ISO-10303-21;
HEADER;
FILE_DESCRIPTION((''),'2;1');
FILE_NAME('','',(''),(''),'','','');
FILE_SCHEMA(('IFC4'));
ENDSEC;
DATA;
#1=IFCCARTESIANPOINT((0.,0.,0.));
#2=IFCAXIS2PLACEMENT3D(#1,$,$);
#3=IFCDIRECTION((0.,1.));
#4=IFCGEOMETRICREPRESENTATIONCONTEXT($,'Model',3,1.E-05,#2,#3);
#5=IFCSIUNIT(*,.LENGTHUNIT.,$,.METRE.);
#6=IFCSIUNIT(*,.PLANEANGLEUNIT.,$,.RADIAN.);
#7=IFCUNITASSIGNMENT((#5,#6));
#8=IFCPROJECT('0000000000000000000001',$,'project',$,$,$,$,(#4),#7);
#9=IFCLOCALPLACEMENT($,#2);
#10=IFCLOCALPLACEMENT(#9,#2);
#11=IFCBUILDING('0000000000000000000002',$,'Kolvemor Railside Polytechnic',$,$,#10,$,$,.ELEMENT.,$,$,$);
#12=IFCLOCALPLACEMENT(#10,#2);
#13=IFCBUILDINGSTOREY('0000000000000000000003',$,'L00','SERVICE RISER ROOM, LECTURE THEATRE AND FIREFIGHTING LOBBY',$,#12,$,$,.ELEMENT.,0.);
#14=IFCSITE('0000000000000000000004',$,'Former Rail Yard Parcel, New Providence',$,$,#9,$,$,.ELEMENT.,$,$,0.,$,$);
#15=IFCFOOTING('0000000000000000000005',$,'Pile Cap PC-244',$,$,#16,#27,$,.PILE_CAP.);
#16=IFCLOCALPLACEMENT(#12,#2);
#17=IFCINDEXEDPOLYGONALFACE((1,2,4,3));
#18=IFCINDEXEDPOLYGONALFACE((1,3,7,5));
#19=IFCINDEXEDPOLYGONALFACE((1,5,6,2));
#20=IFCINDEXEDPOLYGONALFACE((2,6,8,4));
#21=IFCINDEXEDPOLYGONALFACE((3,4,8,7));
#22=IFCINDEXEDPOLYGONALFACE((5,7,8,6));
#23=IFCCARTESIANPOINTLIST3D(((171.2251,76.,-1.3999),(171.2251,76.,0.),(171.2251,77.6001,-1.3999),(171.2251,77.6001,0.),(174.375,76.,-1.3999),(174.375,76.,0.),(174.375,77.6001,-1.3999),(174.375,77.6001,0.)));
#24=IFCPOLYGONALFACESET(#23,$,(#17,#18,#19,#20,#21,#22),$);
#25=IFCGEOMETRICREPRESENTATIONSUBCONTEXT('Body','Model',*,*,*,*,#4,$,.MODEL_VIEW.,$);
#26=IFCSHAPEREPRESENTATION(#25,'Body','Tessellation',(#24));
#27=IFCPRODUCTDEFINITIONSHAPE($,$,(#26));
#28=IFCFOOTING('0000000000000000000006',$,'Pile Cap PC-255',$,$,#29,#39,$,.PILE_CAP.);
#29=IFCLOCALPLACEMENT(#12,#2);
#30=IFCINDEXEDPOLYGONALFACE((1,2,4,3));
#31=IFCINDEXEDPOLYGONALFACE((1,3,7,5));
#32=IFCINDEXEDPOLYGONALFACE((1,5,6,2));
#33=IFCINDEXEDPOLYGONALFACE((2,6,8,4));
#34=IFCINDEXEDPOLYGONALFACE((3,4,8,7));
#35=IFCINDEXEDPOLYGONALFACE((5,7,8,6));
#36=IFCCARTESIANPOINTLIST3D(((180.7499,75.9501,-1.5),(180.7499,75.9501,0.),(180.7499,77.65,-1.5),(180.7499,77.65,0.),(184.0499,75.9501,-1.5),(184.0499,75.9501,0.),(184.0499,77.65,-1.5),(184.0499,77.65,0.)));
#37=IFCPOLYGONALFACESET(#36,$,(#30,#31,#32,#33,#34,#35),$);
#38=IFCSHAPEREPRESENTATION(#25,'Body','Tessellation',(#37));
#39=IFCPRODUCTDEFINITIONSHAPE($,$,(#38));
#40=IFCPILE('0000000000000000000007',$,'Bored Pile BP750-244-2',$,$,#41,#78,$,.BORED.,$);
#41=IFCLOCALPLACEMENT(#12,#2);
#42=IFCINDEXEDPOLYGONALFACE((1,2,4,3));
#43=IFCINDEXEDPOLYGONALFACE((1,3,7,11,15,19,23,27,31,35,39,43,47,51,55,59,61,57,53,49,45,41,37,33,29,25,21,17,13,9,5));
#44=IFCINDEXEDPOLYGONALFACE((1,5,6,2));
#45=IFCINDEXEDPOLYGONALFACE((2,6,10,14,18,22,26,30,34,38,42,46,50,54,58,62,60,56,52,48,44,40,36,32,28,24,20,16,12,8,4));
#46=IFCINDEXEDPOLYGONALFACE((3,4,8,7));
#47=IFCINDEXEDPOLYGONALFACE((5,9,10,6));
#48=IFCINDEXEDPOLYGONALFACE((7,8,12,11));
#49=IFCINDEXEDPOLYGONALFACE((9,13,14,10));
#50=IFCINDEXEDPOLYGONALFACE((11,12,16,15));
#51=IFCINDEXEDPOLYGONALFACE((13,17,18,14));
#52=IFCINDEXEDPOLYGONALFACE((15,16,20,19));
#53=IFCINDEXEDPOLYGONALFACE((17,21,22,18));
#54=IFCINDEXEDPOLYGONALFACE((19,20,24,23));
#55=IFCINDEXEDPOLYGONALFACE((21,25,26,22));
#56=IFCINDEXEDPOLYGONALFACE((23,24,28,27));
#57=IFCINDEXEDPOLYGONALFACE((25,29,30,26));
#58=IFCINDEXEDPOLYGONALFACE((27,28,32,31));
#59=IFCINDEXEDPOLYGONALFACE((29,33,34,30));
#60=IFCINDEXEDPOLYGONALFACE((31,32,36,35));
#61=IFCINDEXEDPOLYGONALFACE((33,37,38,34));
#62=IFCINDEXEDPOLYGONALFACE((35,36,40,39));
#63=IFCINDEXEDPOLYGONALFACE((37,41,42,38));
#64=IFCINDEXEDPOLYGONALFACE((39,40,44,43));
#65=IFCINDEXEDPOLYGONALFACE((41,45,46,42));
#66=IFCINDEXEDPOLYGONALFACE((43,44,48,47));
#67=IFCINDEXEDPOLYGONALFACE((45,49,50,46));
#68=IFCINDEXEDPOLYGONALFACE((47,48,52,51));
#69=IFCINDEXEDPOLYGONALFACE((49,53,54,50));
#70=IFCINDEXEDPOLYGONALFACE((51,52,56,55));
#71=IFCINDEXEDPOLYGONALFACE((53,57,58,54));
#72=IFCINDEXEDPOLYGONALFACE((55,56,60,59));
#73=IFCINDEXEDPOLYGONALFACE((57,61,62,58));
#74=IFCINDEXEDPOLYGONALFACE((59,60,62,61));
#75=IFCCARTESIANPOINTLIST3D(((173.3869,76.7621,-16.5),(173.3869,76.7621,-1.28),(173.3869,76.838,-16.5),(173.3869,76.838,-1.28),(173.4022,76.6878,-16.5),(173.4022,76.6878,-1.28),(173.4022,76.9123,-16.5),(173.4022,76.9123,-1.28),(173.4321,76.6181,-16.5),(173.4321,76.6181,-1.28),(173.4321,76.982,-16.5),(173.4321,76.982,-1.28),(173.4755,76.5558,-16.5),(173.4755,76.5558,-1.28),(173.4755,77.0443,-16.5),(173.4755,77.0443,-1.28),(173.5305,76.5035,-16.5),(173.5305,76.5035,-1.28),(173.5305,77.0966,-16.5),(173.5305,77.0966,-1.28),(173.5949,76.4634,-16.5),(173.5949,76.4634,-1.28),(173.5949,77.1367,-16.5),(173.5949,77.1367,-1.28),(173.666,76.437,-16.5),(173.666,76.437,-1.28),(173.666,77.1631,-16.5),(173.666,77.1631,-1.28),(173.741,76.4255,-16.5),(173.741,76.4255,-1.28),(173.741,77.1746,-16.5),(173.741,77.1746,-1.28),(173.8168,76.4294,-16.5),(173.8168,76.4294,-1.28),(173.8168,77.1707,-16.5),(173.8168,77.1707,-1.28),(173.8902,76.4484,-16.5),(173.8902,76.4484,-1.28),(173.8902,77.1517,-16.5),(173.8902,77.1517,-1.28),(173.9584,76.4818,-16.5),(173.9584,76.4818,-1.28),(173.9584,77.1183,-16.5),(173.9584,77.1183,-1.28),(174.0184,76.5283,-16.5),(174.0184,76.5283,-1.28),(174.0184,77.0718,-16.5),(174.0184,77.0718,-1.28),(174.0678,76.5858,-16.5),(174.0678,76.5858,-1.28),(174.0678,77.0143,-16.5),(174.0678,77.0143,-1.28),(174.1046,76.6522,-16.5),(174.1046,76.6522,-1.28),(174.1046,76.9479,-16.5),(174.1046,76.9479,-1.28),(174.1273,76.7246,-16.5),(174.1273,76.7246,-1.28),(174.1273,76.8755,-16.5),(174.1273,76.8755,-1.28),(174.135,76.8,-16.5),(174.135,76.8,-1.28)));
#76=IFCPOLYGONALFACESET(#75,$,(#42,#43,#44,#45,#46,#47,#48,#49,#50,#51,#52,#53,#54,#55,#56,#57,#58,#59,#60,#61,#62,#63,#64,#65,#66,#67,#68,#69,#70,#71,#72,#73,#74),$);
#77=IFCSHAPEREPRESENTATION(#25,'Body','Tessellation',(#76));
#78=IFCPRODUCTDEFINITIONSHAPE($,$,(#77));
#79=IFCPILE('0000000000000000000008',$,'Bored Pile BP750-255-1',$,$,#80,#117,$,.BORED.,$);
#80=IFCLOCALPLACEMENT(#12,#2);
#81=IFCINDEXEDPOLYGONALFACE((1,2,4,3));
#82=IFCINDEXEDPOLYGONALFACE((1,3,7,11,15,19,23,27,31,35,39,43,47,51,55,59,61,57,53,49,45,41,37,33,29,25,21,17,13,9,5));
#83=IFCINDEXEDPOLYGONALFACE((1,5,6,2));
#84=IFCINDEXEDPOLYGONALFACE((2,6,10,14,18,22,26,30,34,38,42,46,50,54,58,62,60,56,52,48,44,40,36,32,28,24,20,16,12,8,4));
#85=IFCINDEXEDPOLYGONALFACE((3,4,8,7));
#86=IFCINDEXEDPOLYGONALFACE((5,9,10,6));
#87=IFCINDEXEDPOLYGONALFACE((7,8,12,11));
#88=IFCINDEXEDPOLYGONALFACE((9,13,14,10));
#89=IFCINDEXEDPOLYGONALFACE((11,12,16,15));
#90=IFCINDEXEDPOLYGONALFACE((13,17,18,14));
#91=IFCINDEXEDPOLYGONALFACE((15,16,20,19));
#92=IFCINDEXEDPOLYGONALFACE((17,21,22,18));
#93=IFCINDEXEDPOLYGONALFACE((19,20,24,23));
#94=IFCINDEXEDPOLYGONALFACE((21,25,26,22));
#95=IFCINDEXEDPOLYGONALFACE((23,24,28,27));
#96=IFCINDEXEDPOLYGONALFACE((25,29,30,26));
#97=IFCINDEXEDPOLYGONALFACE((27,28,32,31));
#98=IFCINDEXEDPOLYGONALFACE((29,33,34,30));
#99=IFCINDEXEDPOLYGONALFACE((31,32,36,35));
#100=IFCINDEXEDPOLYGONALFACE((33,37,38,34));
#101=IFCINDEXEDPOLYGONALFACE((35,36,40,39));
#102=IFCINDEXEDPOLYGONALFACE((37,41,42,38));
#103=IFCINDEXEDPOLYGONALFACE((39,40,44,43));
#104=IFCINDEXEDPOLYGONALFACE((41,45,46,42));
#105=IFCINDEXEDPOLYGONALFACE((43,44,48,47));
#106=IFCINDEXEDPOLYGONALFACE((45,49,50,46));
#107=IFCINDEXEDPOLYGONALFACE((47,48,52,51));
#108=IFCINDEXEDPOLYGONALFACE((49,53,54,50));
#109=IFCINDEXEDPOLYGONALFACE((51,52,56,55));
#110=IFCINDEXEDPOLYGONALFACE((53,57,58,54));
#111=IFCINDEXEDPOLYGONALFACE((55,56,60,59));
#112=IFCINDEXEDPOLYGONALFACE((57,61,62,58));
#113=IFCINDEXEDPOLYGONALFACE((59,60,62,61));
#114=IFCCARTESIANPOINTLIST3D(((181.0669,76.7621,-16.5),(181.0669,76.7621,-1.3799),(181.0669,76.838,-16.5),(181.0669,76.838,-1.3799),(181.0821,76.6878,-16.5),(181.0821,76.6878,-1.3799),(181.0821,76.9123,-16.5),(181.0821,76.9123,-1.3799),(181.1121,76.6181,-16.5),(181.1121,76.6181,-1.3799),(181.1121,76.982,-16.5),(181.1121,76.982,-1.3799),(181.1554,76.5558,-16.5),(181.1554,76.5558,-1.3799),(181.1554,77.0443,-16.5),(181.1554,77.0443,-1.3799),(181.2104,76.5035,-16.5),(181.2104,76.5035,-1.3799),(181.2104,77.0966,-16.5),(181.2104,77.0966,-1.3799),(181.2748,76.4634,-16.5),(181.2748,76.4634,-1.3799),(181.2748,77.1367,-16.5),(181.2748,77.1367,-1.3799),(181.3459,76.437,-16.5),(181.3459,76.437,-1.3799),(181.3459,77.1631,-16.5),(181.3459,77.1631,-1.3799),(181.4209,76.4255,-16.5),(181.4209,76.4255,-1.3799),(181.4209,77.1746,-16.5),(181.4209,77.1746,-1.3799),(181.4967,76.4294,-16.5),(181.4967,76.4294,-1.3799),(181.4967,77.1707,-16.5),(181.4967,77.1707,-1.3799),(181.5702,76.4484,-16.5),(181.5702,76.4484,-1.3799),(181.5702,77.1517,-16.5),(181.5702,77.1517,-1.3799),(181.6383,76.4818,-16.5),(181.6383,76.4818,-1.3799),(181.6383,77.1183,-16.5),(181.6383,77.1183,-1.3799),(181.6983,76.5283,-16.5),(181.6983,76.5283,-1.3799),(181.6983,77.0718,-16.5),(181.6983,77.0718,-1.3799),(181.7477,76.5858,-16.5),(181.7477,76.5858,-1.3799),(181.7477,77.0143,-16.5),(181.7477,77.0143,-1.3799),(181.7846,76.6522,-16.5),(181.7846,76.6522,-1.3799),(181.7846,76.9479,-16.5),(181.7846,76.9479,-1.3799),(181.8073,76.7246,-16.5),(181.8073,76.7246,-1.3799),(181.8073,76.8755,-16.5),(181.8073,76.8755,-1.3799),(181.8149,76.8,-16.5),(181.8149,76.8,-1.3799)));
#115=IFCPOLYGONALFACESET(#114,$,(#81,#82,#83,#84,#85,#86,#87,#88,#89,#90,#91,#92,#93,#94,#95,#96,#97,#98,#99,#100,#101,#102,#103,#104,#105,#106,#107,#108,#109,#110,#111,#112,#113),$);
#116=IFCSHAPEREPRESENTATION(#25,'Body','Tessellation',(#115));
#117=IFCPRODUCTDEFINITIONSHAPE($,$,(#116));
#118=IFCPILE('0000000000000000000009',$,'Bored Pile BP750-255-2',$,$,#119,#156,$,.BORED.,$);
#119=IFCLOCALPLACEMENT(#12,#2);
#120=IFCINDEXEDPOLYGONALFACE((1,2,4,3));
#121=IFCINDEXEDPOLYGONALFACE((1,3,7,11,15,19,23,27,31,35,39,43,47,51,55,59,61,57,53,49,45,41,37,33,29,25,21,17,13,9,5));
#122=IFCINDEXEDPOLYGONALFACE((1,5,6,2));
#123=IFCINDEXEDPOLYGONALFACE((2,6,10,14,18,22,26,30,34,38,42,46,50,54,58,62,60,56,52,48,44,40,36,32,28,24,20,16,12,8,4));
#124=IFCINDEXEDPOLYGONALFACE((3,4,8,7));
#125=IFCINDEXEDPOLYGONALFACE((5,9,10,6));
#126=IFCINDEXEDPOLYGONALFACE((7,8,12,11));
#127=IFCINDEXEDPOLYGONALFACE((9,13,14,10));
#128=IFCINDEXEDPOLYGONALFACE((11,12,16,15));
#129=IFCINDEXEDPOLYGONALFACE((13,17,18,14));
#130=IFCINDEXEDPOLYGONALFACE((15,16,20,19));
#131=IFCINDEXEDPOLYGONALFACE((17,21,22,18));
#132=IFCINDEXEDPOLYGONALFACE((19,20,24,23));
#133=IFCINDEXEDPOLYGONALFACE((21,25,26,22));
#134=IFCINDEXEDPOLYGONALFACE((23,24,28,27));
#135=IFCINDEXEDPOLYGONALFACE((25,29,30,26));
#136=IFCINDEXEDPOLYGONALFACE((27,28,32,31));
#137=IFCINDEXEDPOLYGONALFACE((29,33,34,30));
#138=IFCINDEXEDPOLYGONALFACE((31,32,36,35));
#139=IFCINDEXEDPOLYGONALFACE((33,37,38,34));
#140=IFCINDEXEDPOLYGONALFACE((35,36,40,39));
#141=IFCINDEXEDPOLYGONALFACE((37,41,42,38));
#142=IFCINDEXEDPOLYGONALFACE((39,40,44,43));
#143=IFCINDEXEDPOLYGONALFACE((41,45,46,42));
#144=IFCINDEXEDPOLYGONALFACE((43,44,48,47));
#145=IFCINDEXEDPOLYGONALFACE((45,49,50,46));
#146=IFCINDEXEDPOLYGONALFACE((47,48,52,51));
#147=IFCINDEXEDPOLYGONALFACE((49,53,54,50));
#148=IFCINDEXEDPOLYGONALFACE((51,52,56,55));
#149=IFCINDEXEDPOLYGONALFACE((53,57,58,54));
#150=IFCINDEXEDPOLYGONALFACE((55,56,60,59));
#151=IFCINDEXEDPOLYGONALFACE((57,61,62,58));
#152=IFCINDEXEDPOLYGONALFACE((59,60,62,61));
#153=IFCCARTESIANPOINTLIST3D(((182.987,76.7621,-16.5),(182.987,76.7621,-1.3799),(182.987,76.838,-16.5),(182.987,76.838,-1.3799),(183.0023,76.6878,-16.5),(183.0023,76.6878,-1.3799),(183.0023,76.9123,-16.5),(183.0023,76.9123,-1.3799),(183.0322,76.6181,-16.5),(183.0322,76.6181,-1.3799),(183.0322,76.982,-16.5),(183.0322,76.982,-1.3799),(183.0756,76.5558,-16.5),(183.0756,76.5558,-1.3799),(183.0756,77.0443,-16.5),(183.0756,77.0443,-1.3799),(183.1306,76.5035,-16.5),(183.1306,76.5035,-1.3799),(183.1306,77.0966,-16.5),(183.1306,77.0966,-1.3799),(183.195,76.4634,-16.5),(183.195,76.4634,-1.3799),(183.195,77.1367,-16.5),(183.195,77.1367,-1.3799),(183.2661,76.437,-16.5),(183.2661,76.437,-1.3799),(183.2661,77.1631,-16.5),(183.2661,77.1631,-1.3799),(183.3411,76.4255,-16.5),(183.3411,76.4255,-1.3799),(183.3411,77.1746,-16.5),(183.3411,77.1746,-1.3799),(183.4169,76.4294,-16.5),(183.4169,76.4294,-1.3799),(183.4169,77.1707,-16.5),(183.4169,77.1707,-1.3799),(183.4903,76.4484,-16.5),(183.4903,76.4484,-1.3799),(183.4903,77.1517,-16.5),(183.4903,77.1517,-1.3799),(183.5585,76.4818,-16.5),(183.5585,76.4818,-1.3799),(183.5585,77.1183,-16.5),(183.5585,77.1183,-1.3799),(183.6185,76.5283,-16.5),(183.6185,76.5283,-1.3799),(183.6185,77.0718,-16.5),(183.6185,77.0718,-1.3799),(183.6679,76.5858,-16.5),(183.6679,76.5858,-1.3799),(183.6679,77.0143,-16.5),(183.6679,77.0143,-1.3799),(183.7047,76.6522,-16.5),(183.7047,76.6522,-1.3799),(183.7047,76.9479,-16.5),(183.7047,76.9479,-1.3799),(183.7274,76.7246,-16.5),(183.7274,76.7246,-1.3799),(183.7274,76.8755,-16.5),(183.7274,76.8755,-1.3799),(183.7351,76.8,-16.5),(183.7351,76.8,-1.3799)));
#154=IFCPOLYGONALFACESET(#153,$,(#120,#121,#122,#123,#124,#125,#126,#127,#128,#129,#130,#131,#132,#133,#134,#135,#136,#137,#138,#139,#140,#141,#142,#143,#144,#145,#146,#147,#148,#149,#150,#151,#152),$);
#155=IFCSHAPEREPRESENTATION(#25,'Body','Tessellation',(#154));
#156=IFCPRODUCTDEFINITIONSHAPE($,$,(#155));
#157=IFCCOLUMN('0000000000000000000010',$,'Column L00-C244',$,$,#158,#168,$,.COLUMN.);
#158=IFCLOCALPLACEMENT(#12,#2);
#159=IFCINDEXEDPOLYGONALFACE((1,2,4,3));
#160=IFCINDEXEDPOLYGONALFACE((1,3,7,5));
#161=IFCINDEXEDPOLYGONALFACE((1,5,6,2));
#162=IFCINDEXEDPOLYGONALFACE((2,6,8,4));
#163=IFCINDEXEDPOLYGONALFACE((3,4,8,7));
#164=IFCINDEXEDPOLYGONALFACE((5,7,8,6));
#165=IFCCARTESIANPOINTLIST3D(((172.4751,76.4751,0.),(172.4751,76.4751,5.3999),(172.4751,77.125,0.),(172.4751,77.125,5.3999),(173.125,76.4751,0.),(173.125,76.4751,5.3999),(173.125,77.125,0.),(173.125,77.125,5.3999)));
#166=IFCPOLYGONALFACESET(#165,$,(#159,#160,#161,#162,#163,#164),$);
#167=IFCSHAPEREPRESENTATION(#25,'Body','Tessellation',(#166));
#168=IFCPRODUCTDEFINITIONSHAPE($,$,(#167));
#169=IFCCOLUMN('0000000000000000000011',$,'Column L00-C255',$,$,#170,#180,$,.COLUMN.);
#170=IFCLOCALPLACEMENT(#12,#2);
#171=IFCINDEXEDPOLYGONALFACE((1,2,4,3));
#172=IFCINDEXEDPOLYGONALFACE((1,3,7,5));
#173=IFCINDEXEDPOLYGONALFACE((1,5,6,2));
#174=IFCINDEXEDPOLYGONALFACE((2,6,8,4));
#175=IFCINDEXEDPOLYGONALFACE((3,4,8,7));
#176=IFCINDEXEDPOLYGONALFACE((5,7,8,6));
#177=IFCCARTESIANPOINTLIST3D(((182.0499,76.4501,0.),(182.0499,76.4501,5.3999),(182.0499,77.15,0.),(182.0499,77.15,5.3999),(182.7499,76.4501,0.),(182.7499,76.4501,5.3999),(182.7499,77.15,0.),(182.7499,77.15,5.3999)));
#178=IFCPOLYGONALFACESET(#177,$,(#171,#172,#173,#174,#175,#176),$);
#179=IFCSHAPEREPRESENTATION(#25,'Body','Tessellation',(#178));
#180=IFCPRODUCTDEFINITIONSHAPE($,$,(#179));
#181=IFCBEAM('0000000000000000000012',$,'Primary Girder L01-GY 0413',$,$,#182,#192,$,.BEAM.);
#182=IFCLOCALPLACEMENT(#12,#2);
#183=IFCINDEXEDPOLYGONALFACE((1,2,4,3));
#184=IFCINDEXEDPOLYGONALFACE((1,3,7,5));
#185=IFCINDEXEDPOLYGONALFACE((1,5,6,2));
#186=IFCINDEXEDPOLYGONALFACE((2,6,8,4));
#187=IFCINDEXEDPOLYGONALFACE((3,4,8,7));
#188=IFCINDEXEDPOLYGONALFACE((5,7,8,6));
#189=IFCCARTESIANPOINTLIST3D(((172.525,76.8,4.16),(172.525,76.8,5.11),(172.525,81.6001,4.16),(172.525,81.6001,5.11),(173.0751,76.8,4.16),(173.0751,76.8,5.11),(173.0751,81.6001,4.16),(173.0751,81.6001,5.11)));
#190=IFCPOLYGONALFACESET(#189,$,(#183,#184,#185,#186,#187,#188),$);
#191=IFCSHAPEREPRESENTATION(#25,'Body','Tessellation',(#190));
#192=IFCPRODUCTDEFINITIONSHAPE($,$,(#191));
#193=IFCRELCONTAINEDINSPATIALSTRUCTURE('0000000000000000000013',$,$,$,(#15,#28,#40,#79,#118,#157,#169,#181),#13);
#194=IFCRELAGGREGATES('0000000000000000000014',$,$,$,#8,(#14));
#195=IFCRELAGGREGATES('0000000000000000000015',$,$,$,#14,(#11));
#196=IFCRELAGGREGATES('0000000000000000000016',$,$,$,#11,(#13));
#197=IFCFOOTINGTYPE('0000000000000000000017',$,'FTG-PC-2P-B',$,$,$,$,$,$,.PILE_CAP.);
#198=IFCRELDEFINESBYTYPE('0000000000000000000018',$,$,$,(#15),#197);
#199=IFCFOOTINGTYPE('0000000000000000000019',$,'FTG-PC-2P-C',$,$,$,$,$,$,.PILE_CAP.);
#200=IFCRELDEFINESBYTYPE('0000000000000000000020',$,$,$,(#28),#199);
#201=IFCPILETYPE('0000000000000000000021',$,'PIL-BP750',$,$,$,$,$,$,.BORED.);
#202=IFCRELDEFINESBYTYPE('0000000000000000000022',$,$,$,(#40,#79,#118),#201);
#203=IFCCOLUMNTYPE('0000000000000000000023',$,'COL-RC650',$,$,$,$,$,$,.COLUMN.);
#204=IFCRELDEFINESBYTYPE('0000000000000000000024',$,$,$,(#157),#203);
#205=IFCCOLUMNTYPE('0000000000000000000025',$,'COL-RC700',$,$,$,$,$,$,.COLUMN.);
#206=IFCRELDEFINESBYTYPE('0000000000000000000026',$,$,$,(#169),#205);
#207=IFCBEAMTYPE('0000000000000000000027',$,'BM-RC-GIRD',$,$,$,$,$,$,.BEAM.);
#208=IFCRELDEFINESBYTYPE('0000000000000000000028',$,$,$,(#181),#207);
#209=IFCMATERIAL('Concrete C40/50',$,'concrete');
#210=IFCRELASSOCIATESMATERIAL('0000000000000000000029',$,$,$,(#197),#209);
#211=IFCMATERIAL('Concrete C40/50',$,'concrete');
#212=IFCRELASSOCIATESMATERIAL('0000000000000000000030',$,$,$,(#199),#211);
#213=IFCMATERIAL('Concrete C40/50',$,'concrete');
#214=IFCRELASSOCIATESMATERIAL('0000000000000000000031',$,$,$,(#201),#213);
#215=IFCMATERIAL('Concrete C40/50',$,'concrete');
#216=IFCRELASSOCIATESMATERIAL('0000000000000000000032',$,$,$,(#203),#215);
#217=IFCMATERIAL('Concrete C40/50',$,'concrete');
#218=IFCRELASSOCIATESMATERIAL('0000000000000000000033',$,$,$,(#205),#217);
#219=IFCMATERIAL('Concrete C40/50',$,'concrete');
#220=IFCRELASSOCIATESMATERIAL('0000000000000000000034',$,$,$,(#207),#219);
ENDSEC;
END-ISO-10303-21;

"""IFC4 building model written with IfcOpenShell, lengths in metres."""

from ifc_helpers import new_model, si_unit, direction, frame, origin, origin_2d, place, context, subcontext, project, spatial, rectangle, circle, extrude, material, material_profile, profile_set, type_object, element, save


model = new_model("IFC4")

# Units and contexts
model_context = context("Model", 3, precision=1e-05, world=origin(), true_north=direction((0.0, 1.0)))
body_context = subcontext(model_context, "Body", "Model", "MODEL_VIEW")
ifc_project = project(units=[si_unit("LENGTHUNIT", "METRE"), si_unit("PLANEANGLEUNIT", "RADIAN")], contexts=[model_context])

# Site, building, storey
site_placement = place(None, origin())
site = spatial("IfcSite", under=ifc_project, at=site_placement, Name="Former Rail Yard Parcel, New Providence", CompositionType="ELEMENT", RefElevation=0.0)
building_placement = place(site_placement, origin())
building = spatial("IfcBuilding", under=site, at=building_placement, Name="Kolvemor Railside Polytechnic", CompositionType="ELEMENT")
storey_placement = place(building_placement, origin())
storey = spatial("IfcBuildingStorey", under=building, at=storey_placement, Name="L00", Description="SERVICE RISER ROOM, LECTURE THEATRE AND FIREFIGHTING LOBBY", CompositionType="ELEMENT", Elevation=0.0)

# Footings
ifc_material_1 = material(Name="Concrete C40/50", Category="concrete")
footing_type_1 = type_object("IfcFootingType", Name="FTG-PC-2P-B", PredefinedType="PILE_CAP", material=ifc_material_1)
footing_1_placement = place(storey_placement, frame((172.8, 76.8, -1.3999), z_axis=(0.0, 0.0, 1.0), x_axis=(1.0, 0.0, 0.0)))
element("IfcFooting", 1, at=footing_1_placement, inside=storey, type_object=footing_type_1, Name="Pile Cap PC-244", PredefinedType="PILE_CAP", context=body_context, shape_type="SweptSolid", body=[
    extrude(rectangle(XDim=3.1499, YDim=1.6001, at=origin_2d()), origin(), (0.0, 0.0, 1.0), 1.3999),
])
ifc_material_2 = material(Name="Concrete C40/50", Category="concrete")
footing_type_2 = type_object("IfcFootingType", Name="FTG-PC-2P-C", PredefinedType="PILE_CAP", material=ifc_material_2)
footing_2_placement = place(storey_placement, frame((182.3999, 76.8, -1.5), z_axis=(0.0, 0.0, 1.0), x_axis=(1.0, 0.0, 0.0)))
element("IfcFooting", 2, at=footing_2_placement, inside=storey, type_object=footing_type_2, Name="Pile Cap PC-255", PredefinedType="PILE_CAP", context=body_context, shape_type="SweptSolid", body=[
    extrude(rectangle(XDim=3.3, YDim=1.7, at=origin_2d()), origin(), (0.0, 0.0, 1.0), 1.5),
])

# Piles
ifc_material_3 = material(Name="Concrete C40/50", Category="concrete")
ifc_material_profile_1 = material_profile(ifc_material_3, circle(Radius=0.375, at=origin_2d()), Name="BP750")
ifc_profile_set_1 = profile_set([ifc_material_profile_1], Name="Concrete C40/50")
pile_type = type_object("IfcPileType", Name="PIL-BP750", PredefinedType="BORED", material=ifc_profile_set_1)
pile_placement = place(storey_placement, frame((173.76, 76.8, -1.28), z_axis=(0.0, 0.0, -1.0), x_axis=(1.0, 0.0, 0.0)))
element("IfcPile", 3, at=pile_placement, inside=storey, type_object=pile_type, Name="Bored Pile BP750-244-2", PredefinedType="BORED", context=body_context, shape_type="SweptSolid", body=[
    extrude(circle(Radius=0.375, at=origin_2d()), origin(), (0.0, 0.0, 1.0), 15.22),
])
for number, where, z_axis, x_axis, name in (
    (4, (181.4399, 76.8, -1.3799), (0.0, 0.0, -1.0), (1.0, 0.0, 0.0), "Bored Pile BP750-255-1"),
    (5, (183.3601, 76.8, -1.3799), (0.0, 0.0, -1.0), (1.0, 0.0, 0.0), "Bored Pile BP750-255-2"),
):
    element("IfcPile", number, at=place(storey_placement, frame(where, z_axis=z_axis, x_axis=x_axis)), inside=storey, type_object=pile_type, Name=name, PredefinedType="BORED", context=body_context, shape_type="SweptSolid", body=[
        extrude(circle(Radius=0.375, at=origin_2d()), origin(), (0.0, 0.0, 1.0), 15.1201),
    ])

# Columns
ifc_material_4 = material(Name="Concrete C40/50", Category="concrete")
ifc_material_profile_2 = material_profile(ifc_material_4, rectangle(XDim=0.6499, YDim=0.6499, at=origin_2d()), Name="RC650x650")
ifc_profile_set_2 = profile_set([ifc_material_profile_2], Name="Concrete C40/50")
column_type_1 = type_object("IfcColumnType", Name="COL-RC650", PredefinedType="COLUMN", material=ifc_profile_set_2)
column_1_placement = place(storey_placement, frame((172.8, 76.8, 0.0), z_axis=(0.0, 0.0, 1.0), x_axis=(1.0, 0.0, 0.0)))
element("IfcColumn", 6, at=column_1_placement, inside=storey, type_object=column_type_1, Name="Column L00-C244", PredefinedType="COLUMN", context=body_context, shape_type="SweptSolid", body=[
    extrude(rectangle(XDim=0.6499, YDim=0.6499, at=origin_2d()), origin(), (0.0, 0.0, 1.0), 5.3999),
])
ifc_material_5 = material(Name="Concrete C40/50", Category="concrete")
ifc_material_profile_3 = material_profile(ifc_material_5, rectangle(XDim=0.7, YDim=0.7, at=origin_2d()), Name="RC700x700")
ifc_profile_set_3 = profile_set([ifc_material_profile_3], Name="Concrete C40/50")
column_type_2 = type_object("IfcColumnType", Name="COL-RC700", PredefinedType="COLUMN", material=ifc_profile_set_3)
column_2_placement = place(storey_placement, frame((182.3999, 76.8, 0.0), z_axis=(0.0, 0.0, 1.0), x_axis=(1.0, 0.0, 0.0)))
element("IfcColumn", 7, at=column_2_placement, inside=storey, type_object=column_type_2, Name="Column L00-C255", PredefinedType="COLUMN", context=body_context, shape_type="SweptSolid", body=[
    extrude(rectangle(XDim=0.7, YDim=0.7, at=origin_2d()), origin(), (0.0, 0.0, 1.0), 5.3999),
])

# Beam
ifc_material_6 = material(Name="Concrete C40/50", Category="concrete")
ifc_material_profile_4 = material_profile(ifc_material_6, rectangle(XDim=0.55, YDim=0.95, at=origin_2d()), Name="RC550x950")
ifc_profile_set_4 = profile_set([ifc_material_profile_4], Name="Concrete C40/50")
beam_type_1 = type_object("IfcBeamType", Name="BM-RC-GIRD", PredefinedType="BEAM", material=ifc_profile_set_4)
for number, where, z_axis, x_axis, name in (
    (8, (172.8, 76.8, 4.635), (0.0, 1.0, 0.0), (-1.0, 0.0, 0.0), "Primary Girder L01-GY 0413"),
):
    element("IfcBeam", number, at=place(storey_placement, frame(where, z_axis=z_axis, x_axis=x_axis)), inside=storey, type_object=beam_type_1, Name=name, PredefinedType="BEAM", context=body_context, shape_type="SweptSolid", body=[
        extrude(rectangle(XDim=0.55, YDim=0.95, at=origin_2d()), origin(), (0.0, 0.0, 1.0), 4.8),
    ])

save(model, "model.ifc")
